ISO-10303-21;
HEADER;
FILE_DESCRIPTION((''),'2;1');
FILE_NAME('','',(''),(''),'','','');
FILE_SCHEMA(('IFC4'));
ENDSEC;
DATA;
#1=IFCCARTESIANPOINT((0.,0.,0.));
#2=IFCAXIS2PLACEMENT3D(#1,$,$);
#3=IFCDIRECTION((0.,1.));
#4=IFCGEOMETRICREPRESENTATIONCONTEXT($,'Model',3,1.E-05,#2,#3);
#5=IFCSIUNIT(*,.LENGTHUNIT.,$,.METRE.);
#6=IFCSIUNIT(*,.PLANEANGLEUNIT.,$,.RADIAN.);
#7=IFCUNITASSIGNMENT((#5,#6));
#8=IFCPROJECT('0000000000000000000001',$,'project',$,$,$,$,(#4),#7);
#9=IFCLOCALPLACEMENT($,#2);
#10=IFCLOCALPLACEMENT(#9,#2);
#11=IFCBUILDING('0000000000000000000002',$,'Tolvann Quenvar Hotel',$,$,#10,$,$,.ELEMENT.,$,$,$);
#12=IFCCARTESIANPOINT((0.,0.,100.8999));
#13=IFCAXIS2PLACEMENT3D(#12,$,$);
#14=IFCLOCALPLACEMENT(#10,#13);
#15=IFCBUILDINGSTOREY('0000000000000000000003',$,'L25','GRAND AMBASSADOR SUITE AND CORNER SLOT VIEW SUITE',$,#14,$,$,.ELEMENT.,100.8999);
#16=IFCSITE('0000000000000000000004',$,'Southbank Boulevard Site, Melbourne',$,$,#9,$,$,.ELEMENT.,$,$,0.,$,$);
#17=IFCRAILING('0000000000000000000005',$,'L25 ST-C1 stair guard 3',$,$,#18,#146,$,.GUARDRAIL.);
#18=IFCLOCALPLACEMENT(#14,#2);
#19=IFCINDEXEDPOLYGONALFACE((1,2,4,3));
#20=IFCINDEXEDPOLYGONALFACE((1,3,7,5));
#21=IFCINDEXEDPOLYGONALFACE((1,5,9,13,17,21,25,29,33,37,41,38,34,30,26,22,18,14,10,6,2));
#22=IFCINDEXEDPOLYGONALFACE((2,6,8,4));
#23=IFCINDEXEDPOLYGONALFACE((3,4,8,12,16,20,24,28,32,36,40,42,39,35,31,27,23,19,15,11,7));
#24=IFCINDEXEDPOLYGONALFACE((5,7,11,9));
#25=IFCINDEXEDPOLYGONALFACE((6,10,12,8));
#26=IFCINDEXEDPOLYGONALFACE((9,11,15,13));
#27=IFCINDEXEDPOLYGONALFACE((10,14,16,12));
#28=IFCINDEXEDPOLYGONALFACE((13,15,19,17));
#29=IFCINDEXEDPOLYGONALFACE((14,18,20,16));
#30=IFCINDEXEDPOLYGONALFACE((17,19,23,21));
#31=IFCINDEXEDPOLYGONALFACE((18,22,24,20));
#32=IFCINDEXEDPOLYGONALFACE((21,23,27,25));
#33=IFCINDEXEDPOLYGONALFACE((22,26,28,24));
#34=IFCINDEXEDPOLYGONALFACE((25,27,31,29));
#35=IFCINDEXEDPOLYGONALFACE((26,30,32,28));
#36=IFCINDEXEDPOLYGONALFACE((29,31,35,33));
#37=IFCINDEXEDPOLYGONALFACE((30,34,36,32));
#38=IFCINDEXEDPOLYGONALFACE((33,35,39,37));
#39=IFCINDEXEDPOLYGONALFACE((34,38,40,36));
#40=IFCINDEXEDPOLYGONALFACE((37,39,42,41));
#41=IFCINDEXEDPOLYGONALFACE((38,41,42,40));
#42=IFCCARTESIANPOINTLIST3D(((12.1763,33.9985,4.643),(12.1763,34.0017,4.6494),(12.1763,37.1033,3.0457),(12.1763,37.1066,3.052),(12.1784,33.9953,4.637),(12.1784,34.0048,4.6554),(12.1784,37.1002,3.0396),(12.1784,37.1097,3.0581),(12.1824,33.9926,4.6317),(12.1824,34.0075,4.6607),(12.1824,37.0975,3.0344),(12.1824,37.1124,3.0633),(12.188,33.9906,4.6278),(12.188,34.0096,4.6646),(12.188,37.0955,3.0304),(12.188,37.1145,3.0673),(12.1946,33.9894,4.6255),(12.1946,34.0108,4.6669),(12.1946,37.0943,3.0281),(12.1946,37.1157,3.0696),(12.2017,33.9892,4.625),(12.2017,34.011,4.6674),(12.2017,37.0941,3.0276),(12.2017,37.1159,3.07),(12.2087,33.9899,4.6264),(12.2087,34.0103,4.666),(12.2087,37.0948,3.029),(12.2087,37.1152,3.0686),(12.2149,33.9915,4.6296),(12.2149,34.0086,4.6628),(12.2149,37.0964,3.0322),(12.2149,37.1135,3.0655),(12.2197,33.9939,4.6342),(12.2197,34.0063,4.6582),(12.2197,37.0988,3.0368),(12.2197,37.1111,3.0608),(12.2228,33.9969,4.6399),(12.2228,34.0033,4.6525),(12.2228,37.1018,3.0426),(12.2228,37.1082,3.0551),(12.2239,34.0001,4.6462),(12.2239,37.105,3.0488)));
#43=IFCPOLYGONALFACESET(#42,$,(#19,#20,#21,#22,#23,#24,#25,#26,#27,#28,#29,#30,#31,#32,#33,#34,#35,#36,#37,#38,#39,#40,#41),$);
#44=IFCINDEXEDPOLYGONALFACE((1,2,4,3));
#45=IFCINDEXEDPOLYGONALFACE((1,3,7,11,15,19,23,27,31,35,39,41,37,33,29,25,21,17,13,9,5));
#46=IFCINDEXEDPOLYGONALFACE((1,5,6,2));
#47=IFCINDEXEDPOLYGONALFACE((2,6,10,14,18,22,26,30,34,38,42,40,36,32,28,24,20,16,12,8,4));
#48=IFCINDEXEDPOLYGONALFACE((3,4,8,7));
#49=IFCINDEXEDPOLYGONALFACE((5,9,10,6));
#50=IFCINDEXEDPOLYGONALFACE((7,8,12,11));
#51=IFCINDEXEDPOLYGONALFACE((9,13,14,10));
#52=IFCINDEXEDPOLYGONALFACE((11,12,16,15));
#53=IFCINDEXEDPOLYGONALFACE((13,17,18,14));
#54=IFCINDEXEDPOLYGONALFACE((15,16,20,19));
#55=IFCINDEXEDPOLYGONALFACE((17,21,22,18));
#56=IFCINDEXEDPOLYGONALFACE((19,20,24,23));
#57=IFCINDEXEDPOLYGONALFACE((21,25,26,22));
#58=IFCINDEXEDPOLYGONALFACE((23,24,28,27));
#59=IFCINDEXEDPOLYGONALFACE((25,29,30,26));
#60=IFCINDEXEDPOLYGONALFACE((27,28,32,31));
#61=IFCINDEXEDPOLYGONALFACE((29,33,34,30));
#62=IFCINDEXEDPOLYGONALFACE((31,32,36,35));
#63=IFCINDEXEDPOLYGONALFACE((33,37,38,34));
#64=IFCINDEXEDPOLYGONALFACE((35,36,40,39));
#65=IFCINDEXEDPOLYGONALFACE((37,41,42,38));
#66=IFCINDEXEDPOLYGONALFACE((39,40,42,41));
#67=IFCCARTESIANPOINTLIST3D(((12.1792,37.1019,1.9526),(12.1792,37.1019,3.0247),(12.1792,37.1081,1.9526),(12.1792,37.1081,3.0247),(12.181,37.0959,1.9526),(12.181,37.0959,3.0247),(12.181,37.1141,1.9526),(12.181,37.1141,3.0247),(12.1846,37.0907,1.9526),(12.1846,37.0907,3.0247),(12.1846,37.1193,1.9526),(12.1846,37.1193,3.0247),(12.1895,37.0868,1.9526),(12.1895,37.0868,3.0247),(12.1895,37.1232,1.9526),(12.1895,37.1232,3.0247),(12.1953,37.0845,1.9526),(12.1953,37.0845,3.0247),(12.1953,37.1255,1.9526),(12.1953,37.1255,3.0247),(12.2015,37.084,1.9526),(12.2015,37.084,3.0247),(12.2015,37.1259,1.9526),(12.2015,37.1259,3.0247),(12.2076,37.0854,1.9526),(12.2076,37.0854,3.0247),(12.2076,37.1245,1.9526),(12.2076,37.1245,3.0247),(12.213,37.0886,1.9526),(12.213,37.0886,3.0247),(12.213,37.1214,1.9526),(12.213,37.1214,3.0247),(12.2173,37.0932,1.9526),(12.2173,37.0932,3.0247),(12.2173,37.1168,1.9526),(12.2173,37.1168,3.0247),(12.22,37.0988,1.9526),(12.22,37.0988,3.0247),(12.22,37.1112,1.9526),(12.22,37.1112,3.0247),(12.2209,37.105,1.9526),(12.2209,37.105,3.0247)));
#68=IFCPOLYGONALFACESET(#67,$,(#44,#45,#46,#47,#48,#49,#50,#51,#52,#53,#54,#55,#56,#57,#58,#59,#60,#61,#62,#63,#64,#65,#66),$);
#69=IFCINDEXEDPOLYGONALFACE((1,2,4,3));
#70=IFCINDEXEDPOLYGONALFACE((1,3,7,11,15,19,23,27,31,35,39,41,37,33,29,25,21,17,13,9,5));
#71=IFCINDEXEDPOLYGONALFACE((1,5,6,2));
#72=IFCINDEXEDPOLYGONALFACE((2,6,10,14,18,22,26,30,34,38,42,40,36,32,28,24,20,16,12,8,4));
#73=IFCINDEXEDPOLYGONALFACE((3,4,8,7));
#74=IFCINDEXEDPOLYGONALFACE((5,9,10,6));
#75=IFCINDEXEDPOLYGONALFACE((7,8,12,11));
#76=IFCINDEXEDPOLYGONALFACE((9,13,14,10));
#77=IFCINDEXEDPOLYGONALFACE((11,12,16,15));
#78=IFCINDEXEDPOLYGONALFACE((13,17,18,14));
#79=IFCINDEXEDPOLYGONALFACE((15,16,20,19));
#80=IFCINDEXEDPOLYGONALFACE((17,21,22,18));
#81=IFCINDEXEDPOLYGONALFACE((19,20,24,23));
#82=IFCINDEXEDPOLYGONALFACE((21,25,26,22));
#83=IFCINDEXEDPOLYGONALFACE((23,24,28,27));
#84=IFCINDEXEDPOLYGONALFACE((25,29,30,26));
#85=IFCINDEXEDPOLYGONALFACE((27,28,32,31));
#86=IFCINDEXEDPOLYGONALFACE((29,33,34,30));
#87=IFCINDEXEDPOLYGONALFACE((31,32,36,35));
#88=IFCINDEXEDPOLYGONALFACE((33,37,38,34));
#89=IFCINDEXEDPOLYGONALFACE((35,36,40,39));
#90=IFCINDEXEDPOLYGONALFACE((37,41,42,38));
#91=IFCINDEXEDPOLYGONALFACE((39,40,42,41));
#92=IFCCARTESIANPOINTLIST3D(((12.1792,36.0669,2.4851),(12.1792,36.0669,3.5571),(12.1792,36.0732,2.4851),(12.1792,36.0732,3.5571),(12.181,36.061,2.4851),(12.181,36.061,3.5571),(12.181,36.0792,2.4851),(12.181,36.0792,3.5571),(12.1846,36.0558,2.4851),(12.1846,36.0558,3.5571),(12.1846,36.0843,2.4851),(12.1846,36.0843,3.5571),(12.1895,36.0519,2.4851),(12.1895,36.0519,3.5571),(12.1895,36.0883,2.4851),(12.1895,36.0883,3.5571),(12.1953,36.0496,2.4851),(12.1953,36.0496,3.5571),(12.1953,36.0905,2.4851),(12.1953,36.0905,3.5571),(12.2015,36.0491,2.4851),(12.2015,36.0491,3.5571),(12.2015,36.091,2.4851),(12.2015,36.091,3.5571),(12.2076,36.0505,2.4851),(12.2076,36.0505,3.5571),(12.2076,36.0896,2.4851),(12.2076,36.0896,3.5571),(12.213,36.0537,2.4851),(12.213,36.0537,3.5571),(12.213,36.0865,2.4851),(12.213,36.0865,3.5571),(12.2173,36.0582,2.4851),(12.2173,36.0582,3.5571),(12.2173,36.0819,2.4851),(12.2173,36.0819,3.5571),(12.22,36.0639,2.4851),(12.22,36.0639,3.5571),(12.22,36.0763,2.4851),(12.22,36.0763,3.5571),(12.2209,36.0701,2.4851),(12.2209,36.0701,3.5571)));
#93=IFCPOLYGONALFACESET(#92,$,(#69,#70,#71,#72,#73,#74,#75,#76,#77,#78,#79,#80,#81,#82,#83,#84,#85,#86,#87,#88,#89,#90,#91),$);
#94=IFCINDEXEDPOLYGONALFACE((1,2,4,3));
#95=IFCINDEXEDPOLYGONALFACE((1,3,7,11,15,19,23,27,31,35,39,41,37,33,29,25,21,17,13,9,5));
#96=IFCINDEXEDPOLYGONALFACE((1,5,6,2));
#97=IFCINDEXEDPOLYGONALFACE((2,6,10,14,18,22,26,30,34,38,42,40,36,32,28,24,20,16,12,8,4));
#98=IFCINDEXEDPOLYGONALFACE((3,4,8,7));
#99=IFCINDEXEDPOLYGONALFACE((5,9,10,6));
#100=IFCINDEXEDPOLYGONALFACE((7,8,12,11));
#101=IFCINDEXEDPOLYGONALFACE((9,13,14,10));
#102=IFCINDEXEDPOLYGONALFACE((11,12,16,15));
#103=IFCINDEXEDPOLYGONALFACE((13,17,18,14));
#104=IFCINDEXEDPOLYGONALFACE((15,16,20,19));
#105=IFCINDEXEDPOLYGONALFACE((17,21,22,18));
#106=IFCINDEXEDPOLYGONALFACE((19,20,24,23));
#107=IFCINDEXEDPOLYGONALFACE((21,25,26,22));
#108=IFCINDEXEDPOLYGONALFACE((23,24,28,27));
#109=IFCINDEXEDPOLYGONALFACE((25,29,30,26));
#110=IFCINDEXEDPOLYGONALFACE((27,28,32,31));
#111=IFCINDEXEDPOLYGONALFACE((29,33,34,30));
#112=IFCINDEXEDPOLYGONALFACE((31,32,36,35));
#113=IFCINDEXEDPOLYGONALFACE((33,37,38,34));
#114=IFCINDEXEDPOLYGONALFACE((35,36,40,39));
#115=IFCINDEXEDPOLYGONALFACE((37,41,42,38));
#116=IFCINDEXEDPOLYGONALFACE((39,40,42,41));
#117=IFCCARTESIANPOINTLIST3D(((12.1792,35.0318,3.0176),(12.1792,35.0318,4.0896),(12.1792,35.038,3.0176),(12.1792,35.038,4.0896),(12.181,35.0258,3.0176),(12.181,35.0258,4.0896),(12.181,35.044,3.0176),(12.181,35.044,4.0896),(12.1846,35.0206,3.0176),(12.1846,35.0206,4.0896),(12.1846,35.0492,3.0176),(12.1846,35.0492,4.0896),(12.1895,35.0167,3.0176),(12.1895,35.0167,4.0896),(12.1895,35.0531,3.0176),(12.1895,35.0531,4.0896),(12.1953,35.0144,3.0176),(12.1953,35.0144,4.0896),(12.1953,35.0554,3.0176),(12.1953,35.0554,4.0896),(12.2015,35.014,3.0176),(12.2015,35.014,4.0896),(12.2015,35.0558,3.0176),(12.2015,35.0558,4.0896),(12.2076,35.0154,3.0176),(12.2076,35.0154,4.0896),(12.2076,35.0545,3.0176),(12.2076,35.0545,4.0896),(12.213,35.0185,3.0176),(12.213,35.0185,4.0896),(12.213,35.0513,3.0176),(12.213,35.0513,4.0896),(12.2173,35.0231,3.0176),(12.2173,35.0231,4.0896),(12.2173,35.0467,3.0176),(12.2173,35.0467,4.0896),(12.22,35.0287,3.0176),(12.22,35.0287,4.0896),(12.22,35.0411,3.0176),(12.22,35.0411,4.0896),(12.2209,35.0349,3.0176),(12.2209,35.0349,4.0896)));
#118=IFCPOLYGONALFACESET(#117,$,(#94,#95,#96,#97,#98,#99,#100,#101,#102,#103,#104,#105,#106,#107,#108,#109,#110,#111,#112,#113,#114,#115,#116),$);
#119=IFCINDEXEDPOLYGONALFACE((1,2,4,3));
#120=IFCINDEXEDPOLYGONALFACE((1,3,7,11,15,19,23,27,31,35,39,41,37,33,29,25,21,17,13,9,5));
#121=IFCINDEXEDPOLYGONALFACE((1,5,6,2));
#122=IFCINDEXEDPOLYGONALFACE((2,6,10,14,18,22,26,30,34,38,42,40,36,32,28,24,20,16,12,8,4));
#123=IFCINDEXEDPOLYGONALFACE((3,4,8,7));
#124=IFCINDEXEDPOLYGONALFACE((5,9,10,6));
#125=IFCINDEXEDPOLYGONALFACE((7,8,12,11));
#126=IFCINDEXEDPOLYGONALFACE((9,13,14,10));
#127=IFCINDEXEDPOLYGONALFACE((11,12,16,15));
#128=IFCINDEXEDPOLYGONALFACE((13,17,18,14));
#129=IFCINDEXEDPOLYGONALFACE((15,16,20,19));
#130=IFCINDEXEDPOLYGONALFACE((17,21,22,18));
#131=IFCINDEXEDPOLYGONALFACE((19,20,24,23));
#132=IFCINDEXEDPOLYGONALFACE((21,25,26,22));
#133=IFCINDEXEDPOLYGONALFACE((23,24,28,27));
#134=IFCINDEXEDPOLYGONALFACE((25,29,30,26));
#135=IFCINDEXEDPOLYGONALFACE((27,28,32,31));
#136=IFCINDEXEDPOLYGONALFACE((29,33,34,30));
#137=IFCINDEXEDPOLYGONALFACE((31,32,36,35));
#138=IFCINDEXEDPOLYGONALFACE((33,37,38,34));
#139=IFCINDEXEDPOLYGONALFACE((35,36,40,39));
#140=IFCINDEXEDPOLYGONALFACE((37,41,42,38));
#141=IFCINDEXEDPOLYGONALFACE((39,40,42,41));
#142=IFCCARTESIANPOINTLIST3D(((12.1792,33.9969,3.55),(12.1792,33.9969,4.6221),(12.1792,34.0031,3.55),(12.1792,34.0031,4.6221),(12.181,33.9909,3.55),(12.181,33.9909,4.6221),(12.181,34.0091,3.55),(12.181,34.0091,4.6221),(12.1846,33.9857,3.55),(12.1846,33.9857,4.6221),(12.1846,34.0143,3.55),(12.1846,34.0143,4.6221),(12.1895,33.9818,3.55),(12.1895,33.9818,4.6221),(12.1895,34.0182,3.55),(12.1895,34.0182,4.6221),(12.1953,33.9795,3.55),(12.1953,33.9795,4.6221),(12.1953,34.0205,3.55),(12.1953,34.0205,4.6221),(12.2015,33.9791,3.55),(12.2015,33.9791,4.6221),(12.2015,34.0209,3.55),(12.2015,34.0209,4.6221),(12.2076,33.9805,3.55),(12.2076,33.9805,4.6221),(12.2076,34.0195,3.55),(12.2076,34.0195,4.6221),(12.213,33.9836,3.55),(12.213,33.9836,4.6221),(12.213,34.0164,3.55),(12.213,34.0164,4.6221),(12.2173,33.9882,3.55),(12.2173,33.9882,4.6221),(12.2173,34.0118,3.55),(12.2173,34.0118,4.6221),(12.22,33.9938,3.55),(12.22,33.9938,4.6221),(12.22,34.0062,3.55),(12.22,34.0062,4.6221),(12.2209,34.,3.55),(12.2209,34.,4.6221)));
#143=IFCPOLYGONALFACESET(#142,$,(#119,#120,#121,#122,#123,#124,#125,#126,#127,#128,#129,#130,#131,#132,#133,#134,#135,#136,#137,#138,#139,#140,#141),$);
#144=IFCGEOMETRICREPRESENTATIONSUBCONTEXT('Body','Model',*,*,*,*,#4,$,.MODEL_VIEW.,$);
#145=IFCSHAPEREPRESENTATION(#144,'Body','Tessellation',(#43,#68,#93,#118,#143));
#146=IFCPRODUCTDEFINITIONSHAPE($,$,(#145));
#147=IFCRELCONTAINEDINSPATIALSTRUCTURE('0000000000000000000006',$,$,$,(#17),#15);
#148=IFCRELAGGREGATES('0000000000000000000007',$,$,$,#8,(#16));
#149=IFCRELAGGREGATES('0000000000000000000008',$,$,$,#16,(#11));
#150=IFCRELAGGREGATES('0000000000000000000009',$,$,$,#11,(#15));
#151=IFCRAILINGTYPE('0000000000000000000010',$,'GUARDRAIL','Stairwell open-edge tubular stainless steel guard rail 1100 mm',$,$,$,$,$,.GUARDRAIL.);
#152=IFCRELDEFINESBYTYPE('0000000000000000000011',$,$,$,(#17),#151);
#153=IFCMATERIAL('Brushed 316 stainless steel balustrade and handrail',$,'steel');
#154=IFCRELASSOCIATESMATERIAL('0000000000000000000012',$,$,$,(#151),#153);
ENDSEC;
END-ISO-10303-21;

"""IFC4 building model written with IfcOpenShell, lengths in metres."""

from ifc_helpers import new_model, si_unit, direction, frame, origin, origin_2d, place, context, subcontext, project, spatial, circle, extrude, material, type_object, element, save


model = new_model("IFC4")

# Units and contexts
model_context = context("Model", 3, precision=1e-05, world=origin(), true_north=direction((0.0, 1.0)))
body_context = subcontext(model_context, "Body", "Model", "MODEL_VIEW")
ifc_project = project(units=[si_unit("LENGTHUNIT", "METRE"), si_unit("PLANEANGLEUNIT", "RADIAN")], contexts=[model_context])

# Site, building, storey
site_placement = place(None, origin())
site = spatial("IfcSite", under=ifc_project, at=site_placement, Name="Southbank Boulevard Site, Melbourne", CompositionType="ELEMENT", RefElevation=0.0)
building_placement = place(site_placement, origin())
building = spatial("IfcBuilding", under=site, at=building_placement, Name="Tolvann Quenvar Hotel", CompositionType="ELEMENT")
storey_placement = place(building_placement, frame((0.0, 0.0, 100.8999)))
storey = spatial("IfcBuildingStorey", under=building, at=storey_placement, Name="L25", Description="GRAND AMBASSADOR SUITE AND CORNER SLOT VIEW SUITE", CompositionType="ELEMENT", Elevation=100.8999)

# Railing
ifc_material_1 = material(Name="Brushed 316 stainless steel balustrade and handrail", Category="steel")
railing_type_1 = type_object("IfcRailingType", Name="GUARDRAIL", Description="Stairwell open-edge tubular stainless steel guard rail 1100 mm", PredefinedType="GUARDRAIL", material=ifc_material_1)
railing_1_placement = place(storey_placement, frame((12.2, 37.105, 1.9526)))
element("IfcRailing", 1, at=railing_1_placement, inside=storey, type_object=railing_type_1, Name="L25 ST-C1 stair guard 3", PredefinedType="GUARDRAIL", context=body_context, shape_type="SweptSolid", body=[
    extrude(circle(Radius=0.0239, at=origin_2d()), frame((0.0, 0.0, 1.0962), z_axis=(0.0, -0.889222, 0.457476), x_axis=(1.0, 0.0, 0.0)), (0.0, 0.0, 1.0), 3.4917),
    extrude(circle(Radius=0.021, at=origin_2d()), origin(), (0.0, 0.0, 1.0), 1.072),
    extrude(circle(Radius=0.021, at=origin_2d()), frame((0.0, -1.0349, 0.5325)), (0.0, 0.0, 1.0), 1.072),
    extrude(circle(Radius=0.021, at=origin_2d()), frame((0.0, -2.0701, 1.0649)), (0.0, 0.0, 1.0), 1.072),
    extrude(circle(Radius=0.021, at=origin_2d()), frame((0.0, -3.105, 1.5974)), (0.0, 0.0, 1.0), 1.072),
])

save(model, "model.ifc")
